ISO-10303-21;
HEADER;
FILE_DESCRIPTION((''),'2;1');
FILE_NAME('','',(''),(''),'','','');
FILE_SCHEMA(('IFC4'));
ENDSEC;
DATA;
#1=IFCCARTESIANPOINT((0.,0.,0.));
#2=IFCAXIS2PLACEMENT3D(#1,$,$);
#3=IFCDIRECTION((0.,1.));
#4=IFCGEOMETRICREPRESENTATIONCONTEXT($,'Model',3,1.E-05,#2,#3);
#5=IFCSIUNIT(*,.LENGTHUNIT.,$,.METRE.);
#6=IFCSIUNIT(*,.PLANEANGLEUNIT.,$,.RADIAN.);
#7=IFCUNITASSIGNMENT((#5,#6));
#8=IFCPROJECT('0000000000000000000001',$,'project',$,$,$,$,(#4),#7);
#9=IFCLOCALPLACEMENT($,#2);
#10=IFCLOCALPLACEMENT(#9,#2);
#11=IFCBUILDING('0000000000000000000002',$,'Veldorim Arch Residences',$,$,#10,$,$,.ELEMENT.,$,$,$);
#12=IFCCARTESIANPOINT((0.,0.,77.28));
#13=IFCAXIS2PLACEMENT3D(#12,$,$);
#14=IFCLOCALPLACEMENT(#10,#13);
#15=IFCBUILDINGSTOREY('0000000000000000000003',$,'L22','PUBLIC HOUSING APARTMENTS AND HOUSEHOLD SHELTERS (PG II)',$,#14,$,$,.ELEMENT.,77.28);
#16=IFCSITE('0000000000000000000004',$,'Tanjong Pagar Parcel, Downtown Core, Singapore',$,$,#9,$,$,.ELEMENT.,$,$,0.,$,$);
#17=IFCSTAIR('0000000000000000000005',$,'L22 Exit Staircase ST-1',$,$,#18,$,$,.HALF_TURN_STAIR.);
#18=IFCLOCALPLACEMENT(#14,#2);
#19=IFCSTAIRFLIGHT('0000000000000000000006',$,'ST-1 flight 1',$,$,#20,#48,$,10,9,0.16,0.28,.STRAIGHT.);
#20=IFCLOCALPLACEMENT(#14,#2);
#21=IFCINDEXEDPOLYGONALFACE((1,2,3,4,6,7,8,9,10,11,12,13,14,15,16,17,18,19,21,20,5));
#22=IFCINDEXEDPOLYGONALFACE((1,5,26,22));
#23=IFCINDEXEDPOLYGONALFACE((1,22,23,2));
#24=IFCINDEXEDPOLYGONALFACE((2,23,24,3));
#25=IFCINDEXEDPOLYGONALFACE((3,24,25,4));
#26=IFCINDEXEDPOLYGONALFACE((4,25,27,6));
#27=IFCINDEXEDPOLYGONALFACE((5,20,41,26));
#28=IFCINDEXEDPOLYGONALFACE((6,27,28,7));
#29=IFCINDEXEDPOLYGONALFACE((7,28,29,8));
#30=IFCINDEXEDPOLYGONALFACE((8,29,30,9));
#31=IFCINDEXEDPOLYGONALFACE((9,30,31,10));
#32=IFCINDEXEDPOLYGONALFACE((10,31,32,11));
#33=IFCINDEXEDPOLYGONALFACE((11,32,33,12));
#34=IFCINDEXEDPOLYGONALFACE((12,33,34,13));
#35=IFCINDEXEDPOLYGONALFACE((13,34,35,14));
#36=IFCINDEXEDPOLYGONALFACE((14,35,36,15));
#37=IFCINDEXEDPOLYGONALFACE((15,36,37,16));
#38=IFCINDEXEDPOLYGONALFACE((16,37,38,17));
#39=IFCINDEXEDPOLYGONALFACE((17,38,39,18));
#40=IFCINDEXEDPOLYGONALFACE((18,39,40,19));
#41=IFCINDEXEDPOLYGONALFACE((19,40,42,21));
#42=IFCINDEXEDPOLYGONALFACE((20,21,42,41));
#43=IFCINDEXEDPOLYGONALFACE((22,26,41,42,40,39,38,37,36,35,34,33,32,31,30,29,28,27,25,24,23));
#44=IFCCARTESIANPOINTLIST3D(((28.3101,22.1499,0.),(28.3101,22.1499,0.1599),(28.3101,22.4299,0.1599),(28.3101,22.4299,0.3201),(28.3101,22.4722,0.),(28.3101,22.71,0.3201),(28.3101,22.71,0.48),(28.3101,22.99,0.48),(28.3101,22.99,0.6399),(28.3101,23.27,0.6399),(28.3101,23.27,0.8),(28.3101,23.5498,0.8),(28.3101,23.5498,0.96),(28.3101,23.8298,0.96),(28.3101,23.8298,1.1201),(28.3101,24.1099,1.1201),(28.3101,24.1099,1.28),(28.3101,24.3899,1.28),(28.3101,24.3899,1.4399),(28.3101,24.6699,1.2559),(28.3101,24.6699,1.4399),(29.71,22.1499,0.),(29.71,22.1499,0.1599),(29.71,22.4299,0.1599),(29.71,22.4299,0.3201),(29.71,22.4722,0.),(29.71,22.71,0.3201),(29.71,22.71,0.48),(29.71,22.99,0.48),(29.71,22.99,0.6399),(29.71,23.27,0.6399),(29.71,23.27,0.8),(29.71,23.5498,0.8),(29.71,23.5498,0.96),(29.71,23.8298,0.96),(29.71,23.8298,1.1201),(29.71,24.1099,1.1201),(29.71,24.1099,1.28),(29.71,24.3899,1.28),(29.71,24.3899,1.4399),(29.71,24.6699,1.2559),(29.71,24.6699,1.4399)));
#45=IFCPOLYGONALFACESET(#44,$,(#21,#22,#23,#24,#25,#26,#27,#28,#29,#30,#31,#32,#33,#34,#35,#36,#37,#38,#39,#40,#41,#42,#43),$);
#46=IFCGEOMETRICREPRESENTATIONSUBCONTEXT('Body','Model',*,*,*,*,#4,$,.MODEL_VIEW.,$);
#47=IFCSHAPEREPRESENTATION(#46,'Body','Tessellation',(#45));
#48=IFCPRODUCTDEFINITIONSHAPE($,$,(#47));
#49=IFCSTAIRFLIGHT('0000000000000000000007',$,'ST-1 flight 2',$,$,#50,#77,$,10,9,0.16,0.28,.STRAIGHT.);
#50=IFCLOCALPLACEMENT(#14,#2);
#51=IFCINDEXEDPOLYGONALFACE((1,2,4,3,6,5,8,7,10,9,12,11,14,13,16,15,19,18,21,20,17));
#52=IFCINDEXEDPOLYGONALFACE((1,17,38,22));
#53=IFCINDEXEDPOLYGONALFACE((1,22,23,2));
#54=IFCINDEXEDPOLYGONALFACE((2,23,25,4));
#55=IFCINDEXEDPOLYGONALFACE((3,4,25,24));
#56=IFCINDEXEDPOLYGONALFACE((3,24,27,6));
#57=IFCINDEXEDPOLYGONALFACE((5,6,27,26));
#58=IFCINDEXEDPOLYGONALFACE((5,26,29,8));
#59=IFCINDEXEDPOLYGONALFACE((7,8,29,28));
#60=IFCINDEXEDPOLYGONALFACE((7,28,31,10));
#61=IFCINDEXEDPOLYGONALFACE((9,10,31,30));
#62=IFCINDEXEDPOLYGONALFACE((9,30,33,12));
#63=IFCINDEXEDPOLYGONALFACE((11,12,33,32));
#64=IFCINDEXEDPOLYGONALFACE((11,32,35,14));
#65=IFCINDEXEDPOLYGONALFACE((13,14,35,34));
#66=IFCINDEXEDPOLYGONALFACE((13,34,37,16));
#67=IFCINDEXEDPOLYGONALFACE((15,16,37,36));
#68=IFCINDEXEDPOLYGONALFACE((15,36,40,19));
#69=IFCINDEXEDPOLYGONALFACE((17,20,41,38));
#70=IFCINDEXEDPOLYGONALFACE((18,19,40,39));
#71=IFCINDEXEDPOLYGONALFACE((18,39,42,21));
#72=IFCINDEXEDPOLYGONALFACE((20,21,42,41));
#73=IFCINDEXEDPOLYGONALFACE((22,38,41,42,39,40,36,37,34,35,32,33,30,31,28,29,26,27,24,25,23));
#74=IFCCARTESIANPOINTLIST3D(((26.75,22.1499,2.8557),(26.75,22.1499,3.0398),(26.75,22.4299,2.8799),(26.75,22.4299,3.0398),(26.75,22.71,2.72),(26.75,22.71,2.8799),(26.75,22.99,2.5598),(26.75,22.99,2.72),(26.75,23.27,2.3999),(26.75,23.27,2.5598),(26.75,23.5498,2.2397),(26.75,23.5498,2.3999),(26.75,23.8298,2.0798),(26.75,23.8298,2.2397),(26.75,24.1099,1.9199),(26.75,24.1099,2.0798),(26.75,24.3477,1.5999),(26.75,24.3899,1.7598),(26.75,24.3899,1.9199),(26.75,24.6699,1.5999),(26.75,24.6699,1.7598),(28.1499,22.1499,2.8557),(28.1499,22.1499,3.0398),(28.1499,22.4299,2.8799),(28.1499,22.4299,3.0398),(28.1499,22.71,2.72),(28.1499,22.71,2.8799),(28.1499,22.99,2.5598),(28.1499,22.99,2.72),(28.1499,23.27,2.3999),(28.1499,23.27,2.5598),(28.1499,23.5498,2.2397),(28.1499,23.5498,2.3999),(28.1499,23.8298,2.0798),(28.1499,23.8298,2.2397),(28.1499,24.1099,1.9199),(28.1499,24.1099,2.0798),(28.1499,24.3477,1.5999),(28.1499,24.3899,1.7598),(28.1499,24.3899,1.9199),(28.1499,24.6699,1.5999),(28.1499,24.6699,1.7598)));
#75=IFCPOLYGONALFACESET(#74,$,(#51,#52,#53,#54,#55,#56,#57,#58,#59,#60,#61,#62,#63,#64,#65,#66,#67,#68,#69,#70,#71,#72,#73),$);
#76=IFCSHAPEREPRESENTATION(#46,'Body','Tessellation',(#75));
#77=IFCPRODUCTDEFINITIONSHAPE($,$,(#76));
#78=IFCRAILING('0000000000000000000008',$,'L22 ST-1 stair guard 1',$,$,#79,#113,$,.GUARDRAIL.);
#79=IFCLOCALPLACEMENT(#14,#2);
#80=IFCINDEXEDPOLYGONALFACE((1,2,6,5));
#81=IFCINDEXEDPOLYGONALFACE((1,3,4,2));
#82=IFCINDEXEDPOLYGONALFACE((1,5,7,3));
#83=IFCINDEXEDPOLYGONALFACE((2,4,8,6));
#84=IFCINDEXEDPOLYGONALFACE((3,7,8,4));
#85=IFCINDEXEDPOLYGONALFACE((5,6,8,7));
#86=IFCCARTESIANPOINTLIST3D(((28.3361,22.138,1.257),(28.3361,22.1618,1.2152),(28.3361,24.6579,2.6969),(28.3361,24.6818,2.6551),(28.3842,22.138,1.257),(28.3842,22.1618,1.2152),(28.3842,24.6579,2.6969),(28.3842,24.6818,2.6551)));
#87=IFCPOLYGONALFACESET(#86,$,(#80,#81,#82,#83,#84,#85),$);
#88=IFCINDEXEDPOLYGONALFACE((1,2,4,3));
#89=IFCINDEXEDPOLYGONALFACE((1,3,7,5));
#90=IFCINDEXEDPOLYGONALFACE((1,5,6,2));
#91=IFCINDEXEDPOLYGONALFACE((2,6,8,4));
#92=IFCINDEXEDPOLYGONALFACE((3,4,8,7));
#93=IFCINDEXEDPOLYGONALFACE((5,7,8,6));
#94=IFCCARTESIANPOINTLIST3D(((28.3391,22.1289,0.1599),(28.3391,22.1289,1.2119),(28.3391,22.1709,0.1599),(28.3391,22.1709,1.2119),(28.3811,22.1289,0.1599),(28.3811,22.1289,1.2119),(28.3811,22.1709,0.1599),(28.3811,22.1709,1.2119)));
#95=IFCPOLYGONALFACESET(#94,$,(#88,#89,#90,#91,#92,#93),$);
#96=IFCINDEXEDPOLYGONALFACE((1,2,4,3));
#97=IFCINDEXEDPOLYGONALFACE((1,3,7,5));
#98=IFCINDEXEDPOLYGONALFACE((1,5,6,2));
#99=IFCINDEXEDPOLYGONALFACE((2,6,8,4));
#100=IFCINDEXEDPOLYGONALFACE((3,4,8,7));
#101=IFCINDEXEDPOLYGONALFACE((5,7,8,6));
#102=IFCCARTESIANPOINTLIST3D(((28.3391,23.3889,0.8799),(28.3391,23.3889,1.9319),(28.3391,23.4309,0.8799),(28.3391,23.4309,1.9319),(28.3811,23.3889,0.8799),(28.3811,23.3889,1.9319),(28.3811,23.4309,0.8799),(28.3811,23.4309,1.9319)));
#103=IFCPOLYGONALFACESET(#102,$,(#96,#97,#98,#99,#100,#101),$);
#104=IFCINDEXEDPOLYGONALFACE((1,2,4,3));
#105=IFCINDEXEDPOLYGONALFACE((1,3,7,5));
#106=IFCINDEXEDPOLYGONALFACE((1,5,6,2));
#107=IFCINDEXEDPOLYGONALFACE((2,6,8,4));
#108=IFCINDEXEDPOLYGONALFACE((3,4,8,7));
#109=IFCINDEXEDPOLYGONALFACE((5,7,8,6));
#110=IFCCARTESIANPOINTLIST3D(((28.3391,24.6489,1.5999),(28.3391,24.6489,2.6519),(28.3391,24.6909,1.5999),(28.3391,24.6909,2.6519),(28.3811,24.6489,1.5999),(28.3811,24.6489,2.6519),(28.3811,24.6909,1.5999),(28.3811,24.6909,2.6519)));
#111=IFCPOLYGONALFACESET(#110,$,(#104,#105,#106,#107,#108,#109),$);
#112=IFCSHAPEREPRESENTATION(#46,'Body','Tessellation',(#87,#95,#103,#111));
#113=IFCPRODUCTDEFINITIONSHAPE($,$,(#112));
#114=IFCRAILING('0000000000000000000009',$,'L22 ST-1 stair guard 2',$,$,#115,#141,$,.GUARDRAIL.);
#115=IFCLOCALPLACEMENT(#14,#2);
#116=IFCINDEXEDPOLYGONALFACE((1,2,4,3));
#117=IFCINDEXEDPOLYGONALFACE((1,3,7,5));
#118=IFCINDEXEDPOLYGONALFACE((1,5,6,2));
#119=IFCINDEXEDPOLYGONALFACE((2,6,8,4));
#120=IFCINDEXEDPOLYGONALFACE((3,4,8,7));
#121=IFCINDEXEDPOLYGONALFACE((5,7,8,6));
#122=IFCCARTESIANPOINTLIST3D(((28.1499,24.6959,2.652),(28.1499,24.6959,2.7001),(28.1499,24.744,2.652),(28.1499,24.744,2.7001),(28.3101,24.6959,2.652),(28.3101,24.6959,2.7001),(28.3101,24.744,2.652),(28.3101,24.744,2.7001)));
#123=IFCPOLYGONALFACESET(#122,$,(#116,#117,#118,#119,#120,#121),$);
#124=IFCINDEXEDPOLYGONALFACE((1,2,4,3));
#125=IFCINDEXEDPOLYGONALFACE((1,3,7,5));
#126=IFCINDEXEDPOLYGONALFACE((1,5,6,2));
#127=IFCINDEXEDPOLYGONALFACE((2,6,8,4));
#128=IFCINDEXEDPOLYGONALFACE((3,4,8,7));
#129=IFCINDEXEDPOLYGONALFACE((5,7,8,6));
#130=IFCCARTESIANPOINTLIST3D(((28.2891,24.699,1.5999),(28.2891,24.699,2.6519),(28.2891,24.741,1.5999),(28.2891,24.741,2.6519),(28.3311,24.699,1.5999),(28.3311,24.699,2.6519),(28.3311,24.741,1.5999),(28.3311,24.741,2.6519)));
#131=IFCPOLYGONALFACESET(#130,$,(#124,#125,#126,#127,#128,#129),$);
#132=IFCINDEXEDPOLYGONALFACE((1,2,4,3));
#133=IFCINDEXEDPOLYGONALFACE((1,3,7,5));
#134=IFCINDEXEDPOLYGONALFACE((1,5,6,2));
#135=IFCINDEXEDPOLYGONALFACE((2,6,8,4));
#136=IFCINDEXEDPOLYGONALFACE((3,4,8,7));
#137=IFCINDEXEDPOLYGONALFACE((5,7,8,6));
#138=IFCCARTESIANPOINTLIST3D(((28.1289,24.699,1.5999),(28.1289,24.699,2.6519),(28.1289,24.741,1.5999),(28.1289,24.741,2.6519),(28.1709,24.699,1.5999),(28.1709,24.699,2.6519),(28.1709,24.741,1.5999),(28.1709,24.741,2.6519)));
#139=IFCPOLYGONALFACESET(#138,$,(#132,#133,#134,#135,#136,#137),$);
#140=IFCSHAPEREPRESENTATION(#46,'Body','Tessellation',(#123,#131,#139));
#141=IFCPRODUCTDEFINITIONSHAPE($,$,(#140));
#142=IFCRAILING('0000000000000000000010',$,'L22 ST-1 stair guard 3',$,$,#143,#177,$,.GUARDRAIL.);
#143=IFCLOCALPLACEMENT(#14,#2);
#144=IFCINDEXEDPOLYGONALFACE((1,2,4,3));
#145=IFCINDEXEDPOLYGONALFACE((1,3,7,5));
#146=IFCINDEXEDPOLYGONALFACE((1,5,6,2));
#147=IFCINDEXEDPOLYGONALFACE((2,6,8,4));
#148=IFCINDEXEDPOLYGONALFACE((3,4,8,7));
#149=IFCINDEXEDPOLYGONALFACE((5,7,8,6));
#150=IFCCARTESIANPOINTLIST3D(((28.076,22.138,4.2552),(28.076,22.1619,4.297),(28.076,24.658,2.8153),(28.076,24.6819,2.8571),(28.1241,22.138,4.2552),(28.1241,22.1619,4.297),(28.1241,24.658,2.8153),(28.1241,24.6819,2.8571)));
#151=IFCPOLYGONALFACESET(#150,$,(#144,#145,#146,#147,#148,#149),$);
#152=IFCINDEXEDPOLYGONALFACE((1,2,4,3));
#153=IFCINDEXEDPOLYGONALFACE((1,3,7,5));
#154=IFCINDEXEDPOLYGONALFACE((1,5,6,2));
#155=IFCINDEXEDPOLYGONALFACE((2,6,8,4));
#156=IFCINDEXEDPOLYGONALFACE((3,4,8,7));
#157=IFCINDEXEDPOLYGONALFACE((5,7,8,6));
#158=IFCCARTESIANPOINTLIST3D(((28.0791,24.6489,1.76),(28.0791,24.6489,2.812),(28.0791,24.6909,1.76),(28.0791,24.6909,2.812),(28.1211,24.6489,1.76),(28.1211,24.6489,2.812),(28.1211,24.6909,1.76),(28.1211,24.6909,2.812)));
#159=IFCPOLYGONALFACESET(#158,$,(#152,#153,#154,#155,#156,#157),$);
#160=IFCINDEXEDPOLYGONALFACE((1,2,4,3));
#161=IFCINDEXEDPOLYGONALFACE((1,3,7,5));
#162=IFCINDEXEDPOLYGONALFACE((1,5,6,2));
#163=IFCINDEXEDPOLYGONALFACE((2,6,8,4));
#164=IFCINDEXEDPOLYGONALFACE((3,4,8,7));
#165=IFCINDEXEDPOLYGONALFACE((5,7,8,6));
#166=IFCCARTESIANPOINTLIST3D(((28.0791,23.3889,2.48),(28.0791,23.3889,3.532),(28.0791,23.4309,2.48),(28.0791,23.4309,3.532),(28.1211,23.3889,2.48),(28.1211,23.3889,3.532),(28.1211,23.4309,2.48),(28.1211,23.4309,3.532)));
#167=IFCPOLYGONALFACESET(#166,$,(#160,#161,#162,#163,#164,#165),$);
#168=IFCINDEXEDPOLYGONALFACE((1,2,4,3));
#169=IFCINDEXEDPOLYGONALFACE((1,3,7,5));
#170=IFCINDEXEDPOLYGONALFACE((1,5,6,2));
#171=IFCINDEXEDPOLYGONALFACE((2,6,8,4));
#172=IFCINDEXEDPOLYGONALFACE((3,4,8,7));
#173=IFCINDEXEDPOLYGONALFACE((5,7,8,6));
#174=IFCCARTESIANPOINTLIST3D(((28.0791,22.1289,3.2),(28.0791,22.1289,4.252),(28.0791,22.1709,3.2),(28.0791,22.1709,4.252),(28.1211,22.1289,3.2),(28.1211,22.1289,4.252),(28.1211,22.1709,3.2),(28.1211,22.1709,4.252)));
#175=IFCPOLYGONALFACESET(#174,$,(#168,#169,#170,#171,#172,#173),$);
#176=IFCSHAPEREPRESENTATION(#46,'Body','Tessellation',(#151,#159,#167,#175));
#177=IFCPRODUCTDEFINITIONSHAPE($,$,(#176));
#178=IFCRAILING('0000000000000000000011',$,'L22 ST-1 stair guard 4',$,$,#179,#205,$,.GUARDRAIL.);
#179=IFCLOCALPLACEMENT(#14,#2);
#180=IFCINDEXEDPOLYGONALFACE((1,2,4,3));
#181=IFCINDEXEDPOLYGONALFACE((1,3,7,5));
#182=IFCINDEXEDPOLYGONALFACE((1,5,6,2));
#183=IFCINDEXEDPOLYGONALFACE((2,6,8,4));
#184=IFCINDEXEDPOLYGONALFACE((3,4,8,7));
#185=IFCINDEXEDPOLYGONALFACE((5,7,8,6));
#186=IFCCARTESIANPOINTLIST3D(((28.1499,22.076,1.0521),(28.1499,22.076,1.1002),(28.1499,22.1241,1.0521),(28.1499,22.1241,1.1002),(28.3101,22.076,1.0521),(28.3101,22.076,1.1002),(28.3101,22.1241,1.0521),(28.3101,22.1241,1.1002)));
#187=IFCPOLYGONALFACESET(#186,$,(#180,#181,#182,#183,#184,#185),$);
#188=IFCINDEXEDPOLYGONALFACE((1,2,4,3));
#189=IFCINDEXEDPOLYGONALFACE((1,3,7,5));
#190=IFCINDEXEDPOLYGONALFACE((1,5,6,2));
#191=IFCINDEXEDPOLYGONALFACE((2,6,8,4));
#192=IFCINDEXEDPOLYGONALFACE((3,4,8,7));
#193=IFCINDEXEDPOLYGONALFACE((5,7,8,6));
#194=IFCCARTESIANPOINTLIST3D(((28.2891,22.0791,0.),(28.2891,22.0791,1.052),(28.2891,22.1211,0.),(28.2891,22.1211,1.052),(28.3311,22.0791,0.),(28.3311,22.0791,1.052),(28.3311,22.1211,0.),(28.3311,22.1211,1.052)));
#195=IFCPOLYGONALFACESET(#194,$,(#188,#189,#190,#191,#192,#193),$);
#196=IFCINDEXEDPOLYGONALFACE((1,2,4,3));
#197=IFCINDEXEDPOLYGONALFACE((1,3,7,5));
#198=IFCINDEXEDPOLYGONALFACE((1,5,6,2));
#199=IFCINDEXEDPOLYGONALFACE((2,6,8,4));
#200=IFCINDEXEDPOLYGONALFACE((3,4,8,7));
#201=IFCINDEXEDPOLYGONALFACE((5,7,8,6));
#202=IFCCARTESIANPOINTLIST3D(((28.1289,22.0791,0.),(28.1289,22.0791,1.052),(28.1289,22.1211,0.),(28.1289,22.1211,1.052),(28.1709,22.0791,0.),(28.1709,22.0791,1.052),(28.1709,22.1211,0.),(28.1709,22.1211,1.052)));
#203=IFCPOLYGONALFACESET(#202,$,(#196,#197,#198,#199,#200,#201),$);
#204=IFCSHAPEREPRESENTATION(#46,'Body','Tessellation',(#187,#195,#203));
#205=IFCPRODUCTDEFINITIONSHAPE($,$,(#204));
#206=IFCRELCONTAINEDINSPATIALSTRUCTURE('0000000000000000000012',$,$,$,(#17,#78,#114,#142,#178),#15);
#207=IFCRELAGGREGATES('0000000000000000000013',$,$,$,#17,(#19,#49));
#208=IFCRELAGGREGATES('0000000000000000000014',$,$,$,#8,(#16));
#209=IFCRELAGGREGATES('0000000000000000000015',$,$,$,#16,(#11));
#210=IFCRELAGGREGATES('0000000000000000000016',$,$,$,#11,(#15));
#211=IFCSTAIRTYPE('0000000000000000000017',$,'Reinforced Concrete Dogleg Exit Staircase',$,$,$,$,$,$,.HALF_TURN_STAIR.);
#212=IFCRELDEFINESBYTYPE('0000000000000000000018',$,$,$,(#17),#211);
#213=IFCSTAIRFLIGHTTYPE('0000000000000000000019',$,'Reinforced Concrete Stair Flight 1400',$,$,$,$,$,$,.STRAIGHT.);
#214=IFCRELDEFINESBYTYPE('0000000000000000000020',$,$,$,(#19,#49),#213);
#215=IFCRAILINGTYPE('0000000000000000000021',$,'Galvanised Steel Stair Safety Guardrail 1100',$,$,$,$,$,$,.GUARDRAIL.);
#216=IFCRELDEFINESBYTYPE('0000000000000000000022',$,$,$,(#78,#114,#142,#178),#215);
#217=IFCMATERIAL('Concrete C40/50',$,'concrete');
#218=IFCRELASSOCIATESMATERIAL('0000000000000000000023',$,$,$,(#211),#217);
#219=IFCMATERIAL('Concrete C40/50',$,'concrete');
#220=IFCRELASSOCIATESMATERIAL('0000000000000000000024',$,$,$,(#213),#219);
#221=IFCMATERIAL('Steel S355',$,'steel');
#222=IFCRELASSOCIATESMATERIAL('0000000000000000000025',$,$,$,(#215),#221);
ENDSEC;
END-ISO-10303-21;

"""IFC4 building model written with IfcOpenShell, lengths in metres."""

from ifc_helpers import new_model, si_unit, direction, frame, origin, origin_2d, place, context, subcontext, project, spatial, polyline, rectangle, outline, extrude, material, type_object, element, aggregate, save


model = new_model("IFC4")

# Units and contexts
model_context = context("Model", 3, precision=1e-05, world=origin(), true_north=direction((0.0, 1.0)))
body_context = subcontext(model_context, "Body", "Model", "MODEL_VIEW")
ifc_project = project(units=[si_unit("LENGTHUNIT", "METRE"), si_unit("PLANEANGLEUNIT", "RADIAN")], contexts=[model_context])

# Site, building, storey
site_placement = place(None, origin())
site = spatial("IfcSite", under=ifc_project, at=site_placement, Name="Tanjong Pagar Parcel, Downtown Core, Singapore", CompositionType="ELEMENT", RefElevation=0.0)
building_placement = place(site_placement, origin())
building = spatial("IfcBuilding", under=site, at=building_placement, Name="Veldorim Arch Residences", CompositionType="ELEMENT")
storey_placement = place(building_placement, frame((0.0, 0.0, 77.28)))
storey = spatial("IfcBuildingStorey", under=building, at=storey_placement, Name="L22", Description="PUBLIC HOUSING APARTMENTS AND HOUSEHOLD SHELTERS (PG II)", CompositionType="ELEMENT", Elevation=77.28)

# Stair, stair flights
ifc_material_1 = material(Name="Concrete C40/50", Category="concrete")
stair_type = type_object("IfcStairType", Name="Reinforced Concrete Dogleg Exit Staircase", PredefinedType="HALF_TURN_STAIR", material=ifc_material_1)
stair_placement = place(storey_placement, origin())
stair = element("IfcStair", 1, at=stair_placement, inside=storey, type_object=stair_type, Name="L22 Exit Staircase ST-1", PredefinedType="HALF_TURN_STAIR")
ifc_material_2 = material(Name="Concrete C40/50", Category="concrete")
stair_flight_type = type_object("IfcStairFlightType", Name="Reinforced Concrete Stair Flight 1400", PredefinedType="STRAIGHT", material=ifc_material_2)
stair_flight_1_placement = place(storey_placement, frame((29.01, 22.1499, 0.0), z_axis=(0.0, 0.0, 1.0), x_axis=(0.0, 1.0, 0.0)))
stair_flight_1 = element("IfcStairFlight", 2, at=stair_flight_1_placement, type_object=stair_flight_type, Name="ST-1 flight 1", NumberOfRisers=10, NumberOfTreads=9, PredefinedType="STRAIGHT", RiserHeight=0.16, TreadLength=0.28, context=body_context, shape_type="SweptSolid", body=[
    extrude(outline(polyline([(0.0, 0.0), (0.0, 0.1599), (0.28, 0.1599), (0.28, 0.3201), (0.5601, 0.3201), (0.5601, 0.48), (0.8401, 0.48), (0.8401, 0.6399), (1.1201, 0.6399), (1.1201, 0.8), (1.3999, 0.8), (1.3999, 0.96), (1.6799, 0.96), (1.6799, 1.1201), (1.96, 1.1201), (1.96, 1.28), (2.24, 1.28), (2.24, 1.4399), (2.52, 1.4399), (2.52, 1.6001), (2.52, 1.2559), (0.3223, 0.0), (0.0, 0.0)])), frame((0.0, 0.7, 0.0), z_axis=(0.0, -1.0, 0.0), x_axis=(1.0, 0.0, 0.0)), (0.0, 0.0, 1.0), 1.3999),
])
stair_flight_2_placement = place(storey_placement, frame((27.45, 24.6699, 1.5999), z_axis=(0.0, 0.0, 1.0), x_axis=(0.0, -1.0, 0.0)))
stair_flight_2 = element("IfcStairFlight", 3, at=stair_flight_2_placement, type_object=stair_flight_type, Name="ST-1 flight 2", NumberOfRisers=10, NumberOfTreads=9, PredefinedType="STRAIGHT", RiserHeight=0.16, TreadLength=0.28, context=body_context, shape_type="SweptSolid", body=[
    extrude(outline(polyline([(0.0, 0.0), (0.0, 0.1599), (0.28, 0.1599), (0.28, 0.3201), (0.5601, 0.3201), (0.5601, 0.48), (0.8401, 0.48), (0.8401, 0.6399), (1.1201, 0.6399), (1.1201, 0.8), (1.3999, 0.8), (1.3999, 0.96), (1.6799, 0.96), (1.6799, 1.1201), (1.96, 1.1201), (1.96, 1.28), (2.24, 1.28), (2.24, 1.4399), (2.52, 1.4399), (2.52, 1.6001), (2.52, 1.2559), (0.3223, 0.0), (0.0, 0.0)])), frame((0.0, 0.7, 0.0), z_axis=(0.0, -1.0, 0.0), x_axis=(1.0, 0.0, 0.0)), (0.0, 0.0, 1.0), 1.3999),
])
aggregate(stair, [stair_flight_1, stair_flight_2])

# Railings
ifc_material_3 = material(Name="Steel S355", Category="steel")
railing_type_1 = type_object("IfcRailingType", Name="Galvanised Steel Stair Safety Guardrail 1100", PredefinedType="GUARDRAIL", material=ifc_material_3)
railing_1_placement = place(storey_placement, frame((28.3601, 22.1499, 0.1599)))
element("IfcRailing", 4, at=railing_1_placement, inside=storey, type_object=railing_type_1, Name="L22 ST-1 stair guard 1", PredefinedType="GUARDRAIL", context=body_context, shape_type="SweptSolid", body=[
    extrude(rectangle(XDim=0.0481, YDim=0.0481, at=origin_2d()), frame((0.0, 0.0, 1.0762), z_axis=(0.0, 0.868253, 0.496121), x_axis=(-1.0, 0.0, 0.0)), (0.0, 0.0, 1.0), 2.9023),
    extrude(rectangle(XDim=0.042, YDim=0.042, at=origin_2d()), origin(), (0.0, 0.0, 1.0), 1.052),
    extrude(rectangle(XDim=0.042, YDim=0.042, at=origin_2d()), frame((0.0, 1.26, 0.72)), (0.0, 0.0, 1.0), 1.052),
    extrude(rectangle(XDim=0.042, YDim=0.042, at=origin_2d()), frame((0.0, 2.52, 1.4399)), (0.0, 0.0, 1.0), 1.052),
])
railing_2_placement = place(storey_placement, frame((28.3101, 24.72, 1.5999)))
element("IfcRailing", 5, at=railing_2_placement, inside=storey, type_object=railing_type_1, Name="L22 ST-1 stair guard 2", PredefinedType="GUARDRAIL", context=body_context, shape_type="SweptSolid", body=[
    extrude(rectangle(XDim=0.0481, YDim=0.0481, at=origin_2d()), frame((0.0, 0.0, 1.0762), z_axis=(-1.0, 0.0, 0.0), x_axis=(0.0, -1.0, 0.0)), (0.0, 0.0, 1.0), 0.1602),
    extrude(rectangle(XDim=0.042, YDim=0.042, at=origin_2d()), origin(), (0.0, 0.0, 1.0), 1.052),
    extrude(rectangle(XDim=0.042, YDim=0.042, at=origin_2d()), frame((-0.1602, 0.0, 0.0)), (0.0, 0.0, 1.0), 1.052),
])
railing_3_placement = place(storey_placement, frame((28.1001, 24.6699, 1.76)))
element("IfcRailing", 6, at=railing_3_placement, inside=storey, type_object=railing_type_1, Name="L22 ST-1 stair guard 3", PredefinedType="GUARDRAIL", context=body_context, shape_type="SweptSolid", body=[
    extrude(rectangle(XDim=0.0481, YDim=0.0481, at=origin_2d()), frame((0.0, 0.0, 1.0762), z_axis=(0.0, -0.868253, 0.496121), x_axis=(1.0, 0.0, 0.0)), (0.0, 0.0, 1.0), 2.9023),
    extrude(rectangle(XDim=0.042, YDim=0.042, at=origin_2d()), origin(), (0.0, 0.0, 1.0), 1.052),
    extrude(rectangle(XDim=0.042, YDim=0.042, at=origin_2d()), frame((0.0, -1.26, 0.72)), (0.0, 0.0, 1.0), 1.052),
    extrude(rectangle(XDim=0.042, YDim=0.042, at=origin_2d()), frame((0.0, -2.52, 1.4399)), (0.0, 0.0, 1.0), 1.052),
])
railing_4_placement = place(storey_placement, frame((28.3101, 22.1001, 0.0)))
element("IfcRailing", 7, at=railing_4_placement, inside=storey, type_object=railing_type_1, Name="L22 ST-1 stair guard 4", PredefinedType="GUARDRAIL", context=body_context, shape_type="SweptSolid", body=[
    extrude(rectangle(XDim=0.0481, YDim=0.0481, at=origin_2d()), frame((0.0, 0.0, 1.0762), z_axis=(-1.0, 0.0, 0.0), x_axis=(0.0, -1.0, 0.0)), (0.0, 0.0, 1.0), 0.1602),
    extrude(rectangle(XDim=0.042, YDim=0.042, at=origin_2d()), origin(), (0.0, 0.0, 1.0), 1.052),
    extrude(rectangle(XDim=0.042, YDim=0.042, at=origin_2d()), frame((-0.1602, 0.0, 0.0)), (0.0, 0.0, 1.0), 1.052),
])

save(model, "model.ifc")
